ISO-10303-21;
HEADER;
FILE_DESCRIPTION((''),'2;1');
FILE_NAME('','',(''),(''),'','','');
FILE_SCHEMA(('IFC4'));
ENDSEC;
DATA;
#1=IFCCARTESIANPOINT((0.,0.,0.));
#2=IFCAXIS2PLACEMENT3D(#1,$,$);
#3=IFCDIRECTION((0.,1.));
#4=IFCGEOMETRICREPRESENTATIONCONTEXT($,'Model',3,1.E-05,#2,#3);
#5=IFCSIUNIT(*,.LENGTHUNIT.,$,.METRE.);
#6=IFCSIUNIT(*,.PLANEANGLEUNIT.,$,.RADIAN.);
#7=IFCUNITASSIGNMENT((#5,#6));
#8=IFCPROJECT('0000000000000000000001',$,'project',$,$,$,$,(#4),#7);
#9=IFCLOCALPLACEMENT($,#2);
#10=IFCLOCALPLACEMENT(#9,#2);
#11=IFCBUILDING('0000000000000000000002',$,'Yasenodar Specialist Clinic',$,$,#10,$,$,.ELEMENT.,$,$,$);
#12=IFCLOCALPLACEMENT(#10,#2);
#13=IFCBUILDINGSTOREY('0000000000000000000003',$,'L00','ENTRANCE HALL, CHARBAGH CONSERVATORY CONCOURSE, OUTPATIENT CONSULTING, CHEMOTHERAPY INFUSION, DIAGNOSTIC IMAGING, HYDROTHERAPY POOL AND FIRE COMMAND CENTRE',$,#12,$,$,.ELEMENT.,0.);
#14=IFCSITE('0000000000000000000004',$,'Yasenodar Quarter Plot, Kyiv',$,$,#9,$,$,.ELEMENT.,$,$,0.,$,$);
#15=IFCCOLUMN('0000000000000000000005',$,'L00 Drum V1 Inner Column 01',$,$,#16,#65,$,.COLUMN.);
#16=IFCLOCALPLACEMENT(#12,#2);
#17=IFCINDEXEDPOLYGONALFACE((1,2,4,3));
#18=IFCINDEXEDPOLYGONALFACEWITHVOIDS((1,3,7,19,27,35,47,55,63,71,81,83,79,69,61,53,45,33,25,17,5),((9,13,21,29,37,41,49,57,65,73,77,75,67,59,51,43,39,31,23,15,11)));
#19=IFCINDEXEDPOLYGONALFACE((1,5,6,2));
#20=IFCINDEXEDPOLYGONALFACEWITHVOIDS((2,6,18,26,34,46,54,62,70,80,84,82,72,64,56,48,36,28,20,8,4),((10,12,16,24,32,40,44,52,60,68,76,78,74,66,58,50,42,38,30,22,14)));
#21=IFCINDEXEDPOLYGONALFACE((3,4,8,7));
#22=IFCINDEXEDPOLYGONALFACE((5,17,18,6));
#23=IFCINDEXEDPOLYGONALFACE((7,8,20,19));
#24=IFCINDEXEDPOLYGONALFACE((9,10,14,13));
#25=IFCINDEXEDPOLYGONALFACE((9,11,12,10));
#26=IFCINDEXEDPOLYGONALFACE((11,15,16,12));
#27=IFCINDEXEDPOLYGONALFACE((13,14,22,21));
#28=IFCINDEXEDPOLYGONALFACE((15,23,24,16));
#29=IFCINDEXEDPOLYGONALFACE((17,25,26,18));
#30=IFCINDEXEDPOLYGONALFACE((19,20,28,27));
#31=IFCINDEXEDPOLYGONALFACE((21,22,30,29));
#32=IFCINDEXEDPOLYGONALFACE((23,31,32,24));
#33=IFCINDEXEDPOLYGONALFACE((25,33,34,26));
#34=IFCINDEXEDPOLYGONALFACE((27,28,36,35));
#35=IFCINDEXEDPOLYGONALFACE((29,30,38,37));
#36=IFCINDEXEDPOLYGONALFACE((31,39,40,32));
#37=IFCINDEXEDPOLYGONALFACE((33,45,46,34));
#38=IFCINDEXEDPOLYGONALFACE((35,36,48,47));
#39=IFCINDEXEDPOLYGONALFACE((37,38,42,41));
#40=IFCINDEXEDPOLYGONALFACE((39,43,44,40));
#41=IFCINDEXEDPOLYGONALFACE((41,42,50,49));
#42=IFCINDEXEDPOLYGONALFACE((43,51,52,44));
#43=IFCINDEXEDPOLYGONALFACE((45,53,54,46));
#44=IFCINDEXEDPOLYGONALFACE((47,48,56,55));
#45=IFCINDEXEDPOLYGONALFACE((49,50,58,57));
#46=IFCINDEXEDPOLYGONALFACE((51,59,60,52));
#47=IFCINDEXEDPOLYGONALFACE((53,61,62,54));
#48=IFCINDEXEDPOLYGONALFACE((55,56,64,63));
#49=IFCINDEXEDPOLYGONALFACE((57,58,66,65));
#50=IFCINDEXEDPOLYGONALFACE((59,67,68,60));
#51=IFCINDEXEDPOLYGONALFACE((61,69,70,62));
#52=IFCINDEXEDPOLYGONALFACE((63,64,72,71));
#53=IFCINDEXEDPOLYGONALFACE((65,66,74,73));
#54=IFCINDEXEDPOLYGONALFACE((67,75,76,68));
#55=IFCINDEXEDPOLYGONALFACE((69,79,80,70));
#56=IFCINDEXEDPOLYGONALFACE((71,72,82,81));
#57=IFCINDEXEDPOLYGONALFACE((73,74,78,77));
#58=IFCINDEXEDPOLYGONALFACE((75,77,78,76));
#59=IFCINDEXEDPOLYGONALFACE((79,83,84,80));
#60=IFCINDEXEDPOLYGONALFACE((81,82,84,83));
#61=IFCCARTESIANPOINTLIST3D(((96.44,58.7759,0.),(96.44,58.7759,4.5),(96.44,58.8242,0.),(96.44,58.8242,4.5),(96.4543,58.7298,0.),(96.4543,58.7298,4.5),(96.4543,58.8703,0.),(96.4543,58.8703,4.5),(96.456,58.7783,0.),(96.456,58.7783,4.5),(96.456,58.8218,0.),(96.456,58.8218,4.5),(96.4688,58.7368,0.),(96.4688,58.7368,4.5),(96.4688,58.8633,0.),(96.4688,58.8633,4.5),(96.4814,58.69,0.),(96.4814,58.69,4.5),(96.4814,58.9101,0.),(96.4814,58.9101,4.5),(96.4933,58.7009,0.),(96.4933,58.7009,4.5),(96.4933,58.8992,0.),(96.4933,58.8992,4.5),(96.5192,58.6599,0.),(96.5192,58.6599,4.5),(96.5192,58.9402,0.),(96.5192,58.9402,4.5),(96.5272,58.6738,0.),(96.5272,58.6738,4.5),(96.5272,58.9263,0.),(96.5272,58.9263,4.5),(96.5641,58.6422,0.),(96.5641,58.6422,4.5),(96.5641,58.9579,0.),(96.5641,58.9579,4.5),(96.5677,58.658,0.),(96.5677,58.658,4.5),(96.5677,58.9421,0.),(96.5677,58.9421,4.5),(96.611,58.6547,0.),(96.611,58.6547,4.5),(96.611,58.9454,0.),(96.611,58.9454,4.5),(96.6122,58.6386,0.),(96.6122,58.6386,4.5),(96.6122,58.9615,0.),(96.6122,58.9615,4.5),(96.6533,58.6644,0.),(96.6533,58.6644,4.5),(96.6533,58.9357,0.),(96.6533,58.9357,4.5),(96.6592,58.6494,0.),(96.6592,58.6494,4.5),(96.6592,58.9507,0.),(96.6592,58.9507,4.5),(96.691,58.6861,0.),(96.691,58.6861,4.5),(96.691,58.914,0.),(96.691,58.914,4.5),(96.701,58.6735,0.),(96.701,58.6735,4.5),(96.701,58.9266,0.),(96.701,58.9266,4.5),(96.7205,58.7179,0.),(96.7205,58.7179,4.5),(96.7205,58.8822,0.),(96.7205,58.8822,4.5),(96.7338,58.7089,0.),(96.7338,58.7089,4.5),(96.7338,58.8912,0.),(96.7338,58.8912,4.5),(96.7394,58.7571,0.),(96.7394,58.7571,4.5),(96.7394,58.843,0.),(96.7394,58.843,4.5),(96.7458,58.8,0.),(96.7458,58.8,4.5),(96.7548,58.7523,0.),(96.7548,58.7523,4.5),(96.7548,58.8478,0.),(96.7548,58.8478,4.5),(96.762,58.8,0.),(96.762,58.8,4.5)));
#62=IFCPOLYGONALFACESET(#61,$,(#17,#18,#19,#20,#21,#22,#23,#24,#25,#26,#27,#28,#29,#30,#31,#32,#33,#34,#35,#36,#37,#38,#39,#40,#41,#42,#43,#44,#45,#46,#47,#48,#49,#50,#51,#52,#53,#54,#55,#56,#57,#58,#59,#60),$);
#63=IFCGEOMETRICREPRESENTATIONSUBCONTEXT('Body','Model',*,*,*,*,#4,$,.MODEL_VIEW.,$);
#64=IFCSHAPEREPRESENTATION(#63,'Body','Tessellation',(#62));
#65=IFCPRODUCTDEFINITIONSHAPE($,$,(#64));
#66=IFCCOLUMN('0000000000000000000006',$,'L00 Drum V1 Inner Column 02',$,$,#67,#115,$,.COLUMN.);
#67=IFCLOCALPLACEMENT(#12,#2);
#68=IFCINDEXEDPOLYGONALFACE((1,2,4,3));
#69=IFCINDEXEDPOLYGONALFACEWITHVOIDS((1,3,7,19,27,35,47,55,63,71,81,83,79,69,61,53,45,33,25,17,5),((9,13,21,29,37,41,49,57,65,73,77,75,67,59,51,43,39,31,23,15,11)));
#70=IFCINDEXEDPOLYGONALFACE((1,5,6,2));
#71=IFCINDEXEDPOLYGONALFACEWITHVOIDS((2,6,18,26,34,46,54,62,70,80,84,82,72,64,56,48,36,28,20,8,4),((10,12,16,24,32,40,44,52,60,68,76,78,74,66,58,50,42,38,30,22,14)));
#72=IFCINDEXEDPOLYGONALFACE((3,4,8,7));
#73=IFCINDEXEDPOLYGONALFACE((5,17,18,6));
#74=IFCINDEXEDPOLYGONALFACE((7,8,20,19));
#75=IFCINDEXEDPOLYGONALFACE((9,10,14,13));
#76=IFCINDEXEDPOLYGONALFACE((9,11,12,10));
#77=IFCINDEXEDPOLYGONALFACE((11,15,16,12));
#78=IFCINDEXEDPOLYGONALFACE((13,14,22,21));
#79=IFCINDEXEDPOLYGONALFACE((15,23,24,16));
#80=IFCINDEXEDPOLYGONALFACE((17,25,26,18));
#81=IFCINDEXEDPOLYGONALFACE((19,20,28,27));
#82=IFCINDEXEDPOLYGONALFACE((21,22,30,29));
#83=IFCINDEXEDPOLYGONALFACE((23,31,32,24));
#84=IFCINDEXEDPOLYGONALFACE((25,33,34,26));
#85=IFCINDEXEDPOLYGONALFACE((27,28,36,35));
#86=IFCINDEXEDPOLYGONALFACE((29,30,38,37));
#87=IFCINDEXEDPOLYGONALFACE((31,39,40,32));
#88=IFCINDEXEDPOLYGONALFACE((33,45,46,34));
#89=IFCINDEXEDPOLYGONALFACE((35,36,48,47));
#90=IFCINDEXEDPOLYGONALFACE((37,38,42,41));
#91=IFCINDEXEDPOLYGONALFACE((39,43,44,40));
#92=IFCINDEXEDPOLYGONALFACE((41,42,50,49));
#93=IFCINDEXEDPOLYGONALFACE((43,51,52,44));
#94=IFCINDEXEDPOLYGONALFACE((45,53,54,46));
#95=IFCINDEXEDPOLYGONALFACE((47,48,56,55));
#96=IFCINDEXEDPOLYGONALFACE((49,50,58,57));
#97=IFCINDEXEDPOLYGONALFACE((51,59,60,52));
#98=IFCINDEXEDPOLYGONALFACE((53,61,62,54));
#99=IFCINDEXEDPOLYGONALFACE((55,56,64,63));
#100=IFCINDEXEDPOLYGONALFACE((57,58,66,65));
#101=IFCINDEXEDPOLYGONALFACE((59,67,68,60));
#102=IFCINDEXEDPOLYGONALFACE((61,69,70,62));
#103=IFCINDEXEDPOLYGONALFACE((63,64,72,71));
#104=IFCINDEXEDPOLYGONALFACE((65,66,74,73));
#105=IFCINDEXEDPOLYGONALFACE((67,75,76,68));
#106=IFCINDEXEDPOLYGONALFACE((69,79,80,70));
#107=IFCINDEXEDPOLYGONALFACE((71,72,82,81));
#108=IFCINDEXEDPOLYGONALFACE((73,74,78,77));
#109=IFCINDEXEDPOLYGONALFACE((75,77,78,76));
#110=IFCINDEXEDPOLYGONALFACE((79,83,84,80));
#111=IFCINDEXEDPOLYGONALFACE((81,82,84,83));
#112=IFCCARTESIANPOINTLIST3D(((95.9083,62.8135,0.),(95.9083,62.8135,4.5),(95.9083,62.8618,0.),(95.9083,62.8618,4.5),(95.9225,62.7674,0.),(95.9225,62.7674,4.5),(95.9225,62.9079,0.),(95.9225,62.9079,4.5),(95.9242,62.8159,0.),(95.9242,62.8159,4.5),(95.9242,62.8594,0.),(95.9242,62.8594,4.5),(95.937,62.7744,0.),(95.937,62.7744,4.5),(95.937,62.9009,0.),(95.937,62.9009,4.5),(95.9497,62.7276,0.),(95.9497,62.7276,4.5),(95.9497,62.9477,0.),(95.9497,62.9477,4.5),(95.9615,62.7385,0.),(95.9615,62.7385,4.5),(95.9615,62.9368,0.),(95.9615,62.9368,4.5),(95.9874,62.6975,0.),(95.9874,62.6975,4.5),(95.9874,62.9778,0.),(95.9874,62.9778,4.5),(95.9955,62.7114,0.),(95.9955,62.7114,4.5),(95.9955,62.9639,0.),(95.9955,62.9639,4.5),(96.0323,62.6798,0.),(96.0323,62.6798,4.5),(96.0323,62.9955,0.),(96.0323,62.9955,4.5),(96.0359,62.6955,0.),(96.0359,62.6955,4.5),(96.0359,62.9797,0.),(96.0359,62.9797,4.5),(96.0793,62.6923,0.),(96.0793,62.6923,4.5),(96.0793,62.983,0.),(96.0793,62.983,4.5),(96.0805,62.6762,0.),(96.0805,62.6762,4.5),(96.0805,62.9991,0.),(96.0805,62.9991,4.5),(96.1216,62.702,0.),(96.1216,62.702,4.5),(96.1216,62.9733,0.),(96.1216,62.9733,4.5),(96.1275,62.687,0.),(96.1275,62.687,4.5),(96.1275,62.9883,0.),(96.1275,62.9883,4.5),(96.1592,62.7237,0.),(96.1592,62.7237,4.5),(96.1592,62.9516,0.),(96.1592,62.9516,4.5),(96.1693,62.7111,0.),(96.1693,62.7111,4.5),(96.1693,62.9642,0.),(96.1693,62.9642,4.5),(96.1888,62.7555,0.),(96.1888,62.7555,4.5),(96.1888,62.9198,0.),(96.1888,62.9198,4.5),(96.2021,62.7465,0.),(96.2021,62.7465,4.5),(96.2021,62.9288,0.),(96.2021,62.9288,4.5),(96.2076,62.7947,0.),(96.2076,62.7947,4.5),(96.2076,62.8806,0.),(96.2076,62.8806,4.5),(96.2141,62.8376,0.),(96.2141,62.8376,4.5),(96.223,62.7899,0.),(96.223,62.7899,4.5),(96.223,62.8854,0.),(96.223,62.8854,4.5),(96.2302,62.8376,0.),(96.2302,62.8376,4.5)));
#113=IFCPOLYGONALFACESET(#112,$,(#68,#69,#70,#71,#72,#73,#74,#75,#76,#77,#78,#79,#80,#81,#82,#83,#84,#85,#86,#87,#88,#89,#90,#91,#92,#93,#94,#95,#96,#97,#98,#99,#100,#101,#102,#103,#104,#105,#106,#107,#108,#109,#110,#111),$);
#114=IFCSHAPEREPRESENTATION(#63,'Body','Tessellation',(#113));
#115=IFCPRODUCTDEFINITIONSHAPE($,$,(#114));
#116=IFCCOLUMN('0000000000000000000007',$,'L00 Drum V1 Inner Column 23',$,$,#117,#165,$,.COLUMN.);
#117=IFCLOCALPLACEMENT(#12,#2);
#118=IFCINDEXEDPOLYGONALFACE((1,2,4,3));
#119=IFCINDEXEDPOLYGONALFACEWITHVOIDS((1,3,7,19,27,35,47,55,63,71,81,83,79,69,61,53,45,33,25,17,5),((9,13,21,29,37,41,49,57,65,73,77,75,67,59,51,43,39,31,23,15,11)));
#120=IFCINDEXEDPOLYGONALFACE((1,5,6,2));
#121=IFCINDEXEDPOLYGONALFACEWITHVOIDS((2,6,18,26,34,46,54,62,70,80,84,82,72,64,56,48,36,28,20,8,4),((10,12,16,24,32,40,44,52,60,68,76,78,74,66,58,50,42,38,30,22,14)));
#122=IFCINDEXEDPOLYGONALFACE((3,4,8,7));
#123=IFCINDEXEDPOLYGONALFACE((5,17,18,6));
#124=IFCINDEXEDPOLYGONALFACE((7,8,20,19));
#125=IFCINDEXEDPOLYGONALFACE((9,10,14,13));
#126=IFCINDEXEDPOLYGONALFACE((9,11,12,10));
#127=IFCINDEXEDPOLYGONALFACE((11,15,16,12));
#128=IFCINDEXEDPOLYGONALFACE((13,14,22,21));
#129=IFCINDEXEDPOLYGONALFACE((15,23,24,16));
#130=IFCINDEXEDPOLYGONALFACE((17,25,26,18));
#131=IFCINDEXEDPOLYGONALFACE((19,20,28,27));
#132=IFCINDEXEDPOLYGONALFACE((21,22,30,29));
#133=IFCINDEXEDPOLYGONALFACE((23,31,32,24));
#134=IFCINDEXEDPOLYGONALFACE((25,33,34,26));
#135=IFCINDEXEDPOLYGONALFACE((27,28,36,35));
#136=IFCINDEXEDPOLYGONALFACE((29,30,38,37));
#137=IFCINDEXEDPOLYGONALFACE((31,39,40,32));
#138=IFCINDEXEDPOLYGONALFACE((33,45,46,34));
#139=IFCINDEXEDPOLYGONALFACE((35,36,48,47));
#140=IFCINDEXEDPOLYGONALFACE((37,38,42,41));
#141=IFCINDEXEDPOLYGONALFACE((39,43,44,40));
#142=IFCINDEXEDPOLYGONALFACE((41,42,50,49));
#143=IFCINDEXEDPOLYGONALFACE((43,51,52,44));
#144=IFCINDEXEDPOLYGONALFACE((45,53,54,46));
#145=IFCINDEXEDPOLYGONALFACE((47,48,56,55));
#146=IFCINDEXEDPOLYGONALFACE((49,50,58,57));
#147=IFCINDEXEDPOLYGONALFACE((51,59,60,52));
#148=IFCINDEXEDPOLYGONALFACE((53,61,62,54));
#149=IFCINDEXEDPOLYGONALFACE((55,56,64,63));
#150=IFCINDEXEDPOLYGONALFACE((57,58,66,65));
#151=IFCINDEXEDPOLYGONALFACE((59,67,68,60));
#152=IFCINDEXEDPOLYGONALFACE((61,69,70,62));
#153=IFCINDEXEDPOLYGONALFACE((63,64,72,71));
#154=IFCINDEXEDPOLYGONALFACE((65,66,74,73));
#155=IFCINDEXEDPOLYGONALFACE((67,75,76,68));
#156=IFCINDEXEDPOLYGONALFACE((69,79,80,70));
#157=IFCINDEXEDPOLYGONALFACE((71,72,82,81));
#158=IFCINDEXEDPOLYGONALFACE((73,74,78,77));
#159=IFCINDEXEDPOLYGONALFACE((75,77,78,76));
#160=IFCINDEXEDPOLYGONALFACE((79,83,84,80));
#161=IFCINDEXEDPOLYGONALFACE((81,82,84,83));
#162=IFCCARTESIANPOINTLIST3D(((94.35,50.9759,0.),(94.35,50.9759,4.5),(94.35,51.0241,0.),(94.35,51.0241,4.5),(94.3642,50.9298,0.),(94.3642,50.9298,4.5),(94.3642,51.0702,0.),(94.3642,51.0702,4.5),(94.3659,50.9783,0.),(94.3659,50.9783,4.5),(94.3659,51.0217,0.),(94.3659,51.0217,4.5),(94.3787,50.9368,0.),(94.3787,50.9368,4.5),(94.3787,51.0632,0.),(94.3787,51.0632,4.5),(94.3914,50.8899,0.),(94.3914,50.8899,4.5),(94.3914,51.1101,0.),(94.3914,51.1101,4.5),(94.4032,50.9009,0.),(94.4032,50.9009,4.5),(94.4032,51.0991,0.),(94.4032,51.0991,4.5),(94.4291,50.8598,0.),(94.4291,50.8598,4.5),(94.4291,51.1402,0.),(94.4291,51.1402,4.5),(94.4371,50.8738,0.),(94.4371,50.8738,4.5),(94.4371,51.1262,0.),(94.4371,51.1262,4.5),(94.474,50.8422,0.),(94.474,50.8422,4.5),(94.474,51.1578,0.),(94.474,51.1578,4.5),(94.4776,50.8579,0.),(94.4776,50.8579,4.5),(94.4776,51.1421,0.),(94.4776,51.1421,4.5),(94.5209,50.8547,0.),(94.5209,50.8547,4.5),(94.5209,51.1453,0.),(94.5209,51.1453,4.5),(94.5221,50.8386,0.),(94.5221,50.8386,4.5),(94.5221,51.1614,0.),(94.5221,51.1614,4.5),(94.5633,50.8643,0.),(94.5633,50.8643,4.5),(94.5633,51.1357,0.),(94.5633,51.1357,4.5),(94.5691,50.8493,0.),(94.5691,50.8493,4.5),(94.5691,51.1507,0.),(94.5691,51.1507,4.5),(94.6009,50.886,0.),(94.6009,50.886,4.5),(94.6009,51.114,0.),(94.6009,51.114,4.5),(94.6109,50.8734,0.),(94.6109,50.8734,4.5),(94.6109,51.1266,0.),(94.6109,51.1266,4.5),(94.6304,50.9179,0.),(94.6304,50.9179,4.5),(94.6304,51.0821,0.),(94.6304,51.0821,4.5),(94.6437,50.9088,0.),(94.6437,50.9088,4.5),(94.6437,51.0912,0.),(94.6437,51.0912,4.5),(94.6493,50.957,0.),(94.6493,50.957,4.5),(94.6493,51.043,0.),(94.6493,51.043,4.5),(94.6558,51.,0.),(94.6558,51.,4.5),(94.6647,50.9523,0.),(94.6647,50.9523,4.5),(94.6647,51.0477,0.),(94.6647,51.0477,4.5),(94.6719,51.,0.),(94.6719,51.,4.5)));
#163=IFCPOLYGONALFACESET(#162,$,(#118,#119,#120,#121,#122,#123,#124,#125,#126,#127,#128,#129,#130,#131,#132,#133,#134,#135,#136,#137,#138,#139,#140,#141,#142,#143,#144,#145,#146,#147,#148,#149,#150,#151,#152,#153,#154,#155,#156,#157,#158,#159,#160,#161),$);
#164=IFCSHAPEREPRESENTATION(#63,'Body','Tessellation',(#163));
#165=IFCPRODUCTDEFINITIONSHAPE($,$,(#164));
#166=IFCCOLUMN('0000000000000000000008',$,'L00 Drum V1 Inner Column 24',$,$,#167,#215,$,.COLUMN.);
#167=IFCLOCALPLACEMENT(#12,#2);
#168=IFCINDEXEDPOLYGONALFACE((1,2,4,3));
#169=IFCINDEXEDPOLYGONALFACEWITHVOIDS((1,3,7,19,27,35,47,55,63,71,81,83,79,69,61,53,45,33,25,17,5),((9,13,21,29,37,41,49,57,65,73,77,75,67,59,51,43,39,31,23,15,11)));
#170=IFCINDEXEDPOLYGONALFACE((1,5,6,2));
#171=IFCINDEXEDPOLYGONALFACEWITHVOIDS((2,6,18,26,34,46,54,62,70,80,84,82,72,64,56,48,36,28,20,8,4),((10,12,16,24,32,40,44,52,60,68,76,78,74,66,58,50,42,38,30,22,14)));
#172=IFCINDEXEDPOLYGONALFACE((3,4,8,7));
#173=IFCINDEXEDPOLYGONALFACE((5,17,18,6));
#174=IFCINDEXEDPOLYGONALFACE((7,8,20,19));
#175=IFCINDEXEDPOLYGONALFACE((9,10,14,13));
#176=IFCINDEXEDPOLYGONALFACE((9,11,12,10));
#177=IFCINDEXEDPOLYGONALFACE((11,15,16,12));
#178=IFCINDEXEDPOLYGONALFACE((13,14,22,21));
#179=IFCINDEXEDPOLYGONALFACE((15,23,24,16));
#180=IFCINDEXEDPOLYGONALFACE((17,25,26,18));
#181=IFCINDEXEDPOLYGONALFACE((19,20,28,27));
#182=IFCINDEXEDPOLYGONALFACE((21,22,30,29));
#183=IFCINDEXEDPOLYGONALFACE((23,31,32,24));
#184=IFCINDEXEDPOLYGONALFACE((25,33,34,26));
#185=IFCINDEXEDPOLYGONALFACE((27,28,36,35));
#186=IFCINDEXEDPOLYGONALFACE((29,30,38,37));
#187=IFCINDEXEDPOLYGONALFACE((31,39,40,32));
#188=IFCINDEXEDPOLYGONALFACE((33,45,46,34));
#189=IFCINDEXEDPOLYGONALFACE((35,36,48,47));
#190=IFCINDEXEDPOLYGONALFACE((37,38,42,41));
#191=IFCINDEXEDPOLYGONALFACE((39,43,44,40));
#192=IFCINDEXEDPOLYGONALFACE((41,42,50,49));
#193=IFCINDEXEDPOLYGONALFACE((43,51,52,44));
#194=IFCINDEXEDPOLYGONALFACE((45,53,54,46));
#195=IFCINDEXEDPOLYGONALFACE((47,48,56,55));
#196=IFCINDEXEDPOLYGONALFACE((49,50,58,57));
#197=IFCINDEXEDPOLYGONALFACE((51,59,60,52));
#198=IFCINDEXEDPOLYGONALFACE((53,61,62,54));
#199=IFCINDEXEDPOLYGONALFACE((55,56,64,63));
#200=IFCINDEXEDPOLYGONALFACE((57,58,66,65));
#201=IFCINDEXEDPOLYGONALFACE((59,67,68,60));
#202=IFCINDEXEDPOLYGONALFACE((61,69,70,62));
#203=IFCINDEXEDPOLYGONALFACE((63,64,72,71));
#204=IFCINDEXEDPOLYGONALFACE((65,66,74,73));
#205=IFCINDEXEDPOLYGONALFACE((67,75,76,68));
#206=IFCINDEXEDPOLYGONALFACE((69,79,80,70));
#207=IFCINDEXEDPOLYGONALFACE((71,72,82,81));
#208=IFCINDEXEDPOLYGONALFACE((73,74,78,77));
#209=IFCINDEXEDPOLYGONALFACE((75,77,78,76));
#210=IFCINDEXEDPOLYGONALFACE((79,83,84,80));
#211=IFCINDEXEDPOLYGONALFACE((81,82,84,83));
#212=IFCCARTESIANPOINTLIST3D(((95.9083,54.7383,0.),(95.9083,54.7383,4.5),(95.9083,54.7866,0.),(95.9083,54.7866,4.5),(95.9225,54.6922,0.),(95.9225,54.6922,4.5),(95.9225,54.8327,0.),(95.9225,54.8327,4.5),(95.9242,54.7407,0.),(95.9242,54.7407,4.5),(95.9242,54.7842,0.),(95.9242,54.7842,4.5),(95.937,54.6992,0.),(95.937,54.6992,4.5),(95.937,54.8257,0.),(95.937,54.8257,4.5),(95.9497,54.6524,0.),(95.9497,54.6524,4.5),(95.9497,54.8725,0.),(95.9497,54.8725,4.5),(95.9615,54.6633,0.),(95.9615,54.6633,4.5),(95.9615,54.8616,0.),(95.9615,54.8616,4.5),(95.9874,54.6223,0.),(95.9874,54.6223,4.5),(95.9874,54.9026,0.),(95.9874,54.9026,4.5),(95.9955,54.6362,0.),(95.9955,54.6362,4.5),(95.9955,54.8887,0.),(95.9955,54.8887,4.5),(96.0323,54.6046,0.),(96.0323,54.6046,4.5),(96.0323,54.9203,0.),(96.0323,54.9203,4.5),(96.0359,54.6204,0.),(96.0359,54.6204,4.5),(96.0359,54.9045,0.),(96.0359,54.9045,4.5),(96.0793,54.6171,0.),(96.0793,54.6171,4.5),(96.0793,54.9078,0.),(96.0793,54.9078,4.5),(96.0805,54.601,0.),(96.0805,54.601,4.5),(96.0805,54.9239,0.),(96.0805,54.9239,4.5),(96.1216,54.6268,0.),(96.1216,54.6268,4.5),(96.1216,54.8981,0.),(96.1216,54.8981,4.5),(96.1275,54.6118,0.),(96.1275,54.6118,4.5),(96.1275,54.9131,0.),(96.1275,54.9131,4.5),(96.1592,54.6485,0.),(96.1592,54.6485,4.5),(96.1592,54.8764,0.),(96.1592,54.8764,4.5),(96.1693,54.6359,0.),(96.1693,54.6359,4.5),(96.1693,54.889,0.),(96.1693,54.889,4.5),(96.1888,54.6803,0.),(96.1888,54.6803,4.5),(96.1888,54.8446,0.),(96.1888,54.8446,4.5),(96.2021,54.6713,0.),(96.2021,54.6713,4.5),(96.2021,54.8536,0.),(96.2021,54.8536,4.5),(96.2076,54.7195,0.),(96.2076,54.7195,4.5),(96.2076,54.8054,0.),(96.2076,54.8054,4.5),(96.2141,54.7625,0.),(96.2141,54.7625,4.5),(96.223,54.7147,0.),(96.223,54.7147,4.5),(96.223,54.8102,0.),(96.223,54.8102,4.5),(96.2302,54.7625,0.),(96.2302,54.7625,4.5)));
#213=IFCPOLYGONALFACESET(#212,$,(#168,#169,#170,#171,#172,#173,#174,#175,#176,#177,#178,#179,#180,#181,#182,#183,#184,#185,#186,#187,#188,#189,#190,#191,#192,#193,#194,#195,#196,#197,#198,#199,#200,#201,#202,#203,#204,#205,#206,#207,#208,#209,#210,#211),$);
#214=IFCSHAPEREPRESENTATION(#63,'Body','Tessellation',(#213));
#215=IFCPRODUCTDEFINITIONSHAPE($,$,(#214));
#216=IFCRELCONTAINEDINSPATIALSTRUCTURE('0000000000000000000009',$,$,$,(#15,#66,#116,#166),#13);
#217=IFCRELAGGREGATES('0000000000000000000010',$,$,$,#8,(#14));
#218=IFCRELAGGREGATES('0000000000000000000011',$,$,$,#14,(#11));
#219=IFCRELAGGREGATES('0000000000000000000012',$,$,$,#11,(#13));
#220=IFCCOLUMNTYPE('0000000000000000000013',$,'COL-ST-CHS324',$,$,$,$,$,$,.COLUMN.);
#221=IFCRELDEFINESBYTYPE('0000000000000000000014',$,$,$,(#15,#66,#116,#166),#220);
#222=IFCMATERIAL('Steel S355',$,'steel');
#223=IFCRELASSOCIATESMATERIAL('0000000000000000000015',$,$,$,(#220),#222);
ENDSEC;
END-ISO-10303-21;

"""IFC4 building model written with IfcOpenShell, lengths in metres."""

from ifc_helpers import new_model, si_unit, direction, frame, origin, origin_2d, place, context, subcontext, project, spatial, hollow_circle, extrude, material, material_profile, profile_set, type_object, element, save


model = new_model("IFC4")

# Units and contexts
model_context = context("Model", 3, precision=1e-05, world=origin(), true_north=direction((0.0, 1.0)))
body_context = subcontext(model_context, "Body", "Model", "MODEL_VIEW")
ifc_project = project(units=[si_unit("LENGTHUNIT", "METRE"), si_unit("PLANEANGLEUNIT", "RADIAN")], contexts=[model_context])

# Site, building, storey
site_placement = place(None, origin())
site = spatial("IfcSite", under=ifc_project, at=site_placement, Name="Yasenodar Quarter Plot, Kyiv", CompositionType="ELEMENT", RefElevation=0.0)
building_placement = place(site_placement, origin())
building = spatial("IfcBuilding", under=site, at=building_placement, Name="Yasenodar Specialist Clinic", CompositionType="ELEMENT")
storey_placement = place(building_placement, origin())
storey = spatial("IfcBuildingStorey", under=building, at=storey_placement, Name="L00", Description="ENTRANCE HALL, CHARBAGH CONSERVATORY CONCOURSE, OUTPATIENT CONSULTING, CHEMOTHERAPY INFUSION, DIAGNOSTIC IMAGING, HYDROTHERAPY POOL AND FIRE COMMAND CENTRE", CompositionType="ELEMENT", Elevation=0.0)

# Columns
ifc_material_1 = material(Name="Steel S355", Category="steel")
ifc_material_profile_1 = material_profile(ifc_material_1, hollow_circle(Radius=0.1619, WallThickness=0.0161, at=origin_2d()), Name="CHS 323.9x16")
ifc_profile_set_1 = profile_set([ifc_material_profile_1], Name="Steel S355")
column_type = type_object("IfcColumnType", Name="COL-ST-CHS324", PredefinedType="COLUMN", material=ifc_profile_set_1)
for number, where, z_axis, x_axis, name in (
    (1, (96.6001, 58.8, 0.0), (0.0, 0.0, 1.0), (1.0, 0.0, 0.0), "L00 Drum V1 Inner Column 01"),
    (2, (96.0684, 62.8376, 0.0), (0.0, 0.0, 1.0), (1.0, 0.0, 0.0), "L00 Drum V1 Inner Column 02"),
    (3, (94.51, 51.0, 0.0), (0.0, 0.0, 1.0), (1.0, 0.0, 0.0), "L00 Drum V1 Inner Column 23"),
    (4, (96.0684, 54.7625, 0.0), (0.0, 0.0, 1.0), (1.0, 0.0, 0.0), "L00 Drum V1 Inner Column 24"),
):
    element("IfcColumn", number, at=place(storey_placement, frame(where, z_axis=z_axis, x_axis=x_axis)), inside=storey, type_object=column_type, Name=name, PredefinedType="COLUMN", context=body_context, shape_type="SweptSolid", body=[
        extrude(hollow_circle(Radius=0.1619, WallThickness=0.0161, at=origin_2d()), origin(), (0.0, 0.0, 1.0), 4.5),
    ])

save(model, "model.ifc")
